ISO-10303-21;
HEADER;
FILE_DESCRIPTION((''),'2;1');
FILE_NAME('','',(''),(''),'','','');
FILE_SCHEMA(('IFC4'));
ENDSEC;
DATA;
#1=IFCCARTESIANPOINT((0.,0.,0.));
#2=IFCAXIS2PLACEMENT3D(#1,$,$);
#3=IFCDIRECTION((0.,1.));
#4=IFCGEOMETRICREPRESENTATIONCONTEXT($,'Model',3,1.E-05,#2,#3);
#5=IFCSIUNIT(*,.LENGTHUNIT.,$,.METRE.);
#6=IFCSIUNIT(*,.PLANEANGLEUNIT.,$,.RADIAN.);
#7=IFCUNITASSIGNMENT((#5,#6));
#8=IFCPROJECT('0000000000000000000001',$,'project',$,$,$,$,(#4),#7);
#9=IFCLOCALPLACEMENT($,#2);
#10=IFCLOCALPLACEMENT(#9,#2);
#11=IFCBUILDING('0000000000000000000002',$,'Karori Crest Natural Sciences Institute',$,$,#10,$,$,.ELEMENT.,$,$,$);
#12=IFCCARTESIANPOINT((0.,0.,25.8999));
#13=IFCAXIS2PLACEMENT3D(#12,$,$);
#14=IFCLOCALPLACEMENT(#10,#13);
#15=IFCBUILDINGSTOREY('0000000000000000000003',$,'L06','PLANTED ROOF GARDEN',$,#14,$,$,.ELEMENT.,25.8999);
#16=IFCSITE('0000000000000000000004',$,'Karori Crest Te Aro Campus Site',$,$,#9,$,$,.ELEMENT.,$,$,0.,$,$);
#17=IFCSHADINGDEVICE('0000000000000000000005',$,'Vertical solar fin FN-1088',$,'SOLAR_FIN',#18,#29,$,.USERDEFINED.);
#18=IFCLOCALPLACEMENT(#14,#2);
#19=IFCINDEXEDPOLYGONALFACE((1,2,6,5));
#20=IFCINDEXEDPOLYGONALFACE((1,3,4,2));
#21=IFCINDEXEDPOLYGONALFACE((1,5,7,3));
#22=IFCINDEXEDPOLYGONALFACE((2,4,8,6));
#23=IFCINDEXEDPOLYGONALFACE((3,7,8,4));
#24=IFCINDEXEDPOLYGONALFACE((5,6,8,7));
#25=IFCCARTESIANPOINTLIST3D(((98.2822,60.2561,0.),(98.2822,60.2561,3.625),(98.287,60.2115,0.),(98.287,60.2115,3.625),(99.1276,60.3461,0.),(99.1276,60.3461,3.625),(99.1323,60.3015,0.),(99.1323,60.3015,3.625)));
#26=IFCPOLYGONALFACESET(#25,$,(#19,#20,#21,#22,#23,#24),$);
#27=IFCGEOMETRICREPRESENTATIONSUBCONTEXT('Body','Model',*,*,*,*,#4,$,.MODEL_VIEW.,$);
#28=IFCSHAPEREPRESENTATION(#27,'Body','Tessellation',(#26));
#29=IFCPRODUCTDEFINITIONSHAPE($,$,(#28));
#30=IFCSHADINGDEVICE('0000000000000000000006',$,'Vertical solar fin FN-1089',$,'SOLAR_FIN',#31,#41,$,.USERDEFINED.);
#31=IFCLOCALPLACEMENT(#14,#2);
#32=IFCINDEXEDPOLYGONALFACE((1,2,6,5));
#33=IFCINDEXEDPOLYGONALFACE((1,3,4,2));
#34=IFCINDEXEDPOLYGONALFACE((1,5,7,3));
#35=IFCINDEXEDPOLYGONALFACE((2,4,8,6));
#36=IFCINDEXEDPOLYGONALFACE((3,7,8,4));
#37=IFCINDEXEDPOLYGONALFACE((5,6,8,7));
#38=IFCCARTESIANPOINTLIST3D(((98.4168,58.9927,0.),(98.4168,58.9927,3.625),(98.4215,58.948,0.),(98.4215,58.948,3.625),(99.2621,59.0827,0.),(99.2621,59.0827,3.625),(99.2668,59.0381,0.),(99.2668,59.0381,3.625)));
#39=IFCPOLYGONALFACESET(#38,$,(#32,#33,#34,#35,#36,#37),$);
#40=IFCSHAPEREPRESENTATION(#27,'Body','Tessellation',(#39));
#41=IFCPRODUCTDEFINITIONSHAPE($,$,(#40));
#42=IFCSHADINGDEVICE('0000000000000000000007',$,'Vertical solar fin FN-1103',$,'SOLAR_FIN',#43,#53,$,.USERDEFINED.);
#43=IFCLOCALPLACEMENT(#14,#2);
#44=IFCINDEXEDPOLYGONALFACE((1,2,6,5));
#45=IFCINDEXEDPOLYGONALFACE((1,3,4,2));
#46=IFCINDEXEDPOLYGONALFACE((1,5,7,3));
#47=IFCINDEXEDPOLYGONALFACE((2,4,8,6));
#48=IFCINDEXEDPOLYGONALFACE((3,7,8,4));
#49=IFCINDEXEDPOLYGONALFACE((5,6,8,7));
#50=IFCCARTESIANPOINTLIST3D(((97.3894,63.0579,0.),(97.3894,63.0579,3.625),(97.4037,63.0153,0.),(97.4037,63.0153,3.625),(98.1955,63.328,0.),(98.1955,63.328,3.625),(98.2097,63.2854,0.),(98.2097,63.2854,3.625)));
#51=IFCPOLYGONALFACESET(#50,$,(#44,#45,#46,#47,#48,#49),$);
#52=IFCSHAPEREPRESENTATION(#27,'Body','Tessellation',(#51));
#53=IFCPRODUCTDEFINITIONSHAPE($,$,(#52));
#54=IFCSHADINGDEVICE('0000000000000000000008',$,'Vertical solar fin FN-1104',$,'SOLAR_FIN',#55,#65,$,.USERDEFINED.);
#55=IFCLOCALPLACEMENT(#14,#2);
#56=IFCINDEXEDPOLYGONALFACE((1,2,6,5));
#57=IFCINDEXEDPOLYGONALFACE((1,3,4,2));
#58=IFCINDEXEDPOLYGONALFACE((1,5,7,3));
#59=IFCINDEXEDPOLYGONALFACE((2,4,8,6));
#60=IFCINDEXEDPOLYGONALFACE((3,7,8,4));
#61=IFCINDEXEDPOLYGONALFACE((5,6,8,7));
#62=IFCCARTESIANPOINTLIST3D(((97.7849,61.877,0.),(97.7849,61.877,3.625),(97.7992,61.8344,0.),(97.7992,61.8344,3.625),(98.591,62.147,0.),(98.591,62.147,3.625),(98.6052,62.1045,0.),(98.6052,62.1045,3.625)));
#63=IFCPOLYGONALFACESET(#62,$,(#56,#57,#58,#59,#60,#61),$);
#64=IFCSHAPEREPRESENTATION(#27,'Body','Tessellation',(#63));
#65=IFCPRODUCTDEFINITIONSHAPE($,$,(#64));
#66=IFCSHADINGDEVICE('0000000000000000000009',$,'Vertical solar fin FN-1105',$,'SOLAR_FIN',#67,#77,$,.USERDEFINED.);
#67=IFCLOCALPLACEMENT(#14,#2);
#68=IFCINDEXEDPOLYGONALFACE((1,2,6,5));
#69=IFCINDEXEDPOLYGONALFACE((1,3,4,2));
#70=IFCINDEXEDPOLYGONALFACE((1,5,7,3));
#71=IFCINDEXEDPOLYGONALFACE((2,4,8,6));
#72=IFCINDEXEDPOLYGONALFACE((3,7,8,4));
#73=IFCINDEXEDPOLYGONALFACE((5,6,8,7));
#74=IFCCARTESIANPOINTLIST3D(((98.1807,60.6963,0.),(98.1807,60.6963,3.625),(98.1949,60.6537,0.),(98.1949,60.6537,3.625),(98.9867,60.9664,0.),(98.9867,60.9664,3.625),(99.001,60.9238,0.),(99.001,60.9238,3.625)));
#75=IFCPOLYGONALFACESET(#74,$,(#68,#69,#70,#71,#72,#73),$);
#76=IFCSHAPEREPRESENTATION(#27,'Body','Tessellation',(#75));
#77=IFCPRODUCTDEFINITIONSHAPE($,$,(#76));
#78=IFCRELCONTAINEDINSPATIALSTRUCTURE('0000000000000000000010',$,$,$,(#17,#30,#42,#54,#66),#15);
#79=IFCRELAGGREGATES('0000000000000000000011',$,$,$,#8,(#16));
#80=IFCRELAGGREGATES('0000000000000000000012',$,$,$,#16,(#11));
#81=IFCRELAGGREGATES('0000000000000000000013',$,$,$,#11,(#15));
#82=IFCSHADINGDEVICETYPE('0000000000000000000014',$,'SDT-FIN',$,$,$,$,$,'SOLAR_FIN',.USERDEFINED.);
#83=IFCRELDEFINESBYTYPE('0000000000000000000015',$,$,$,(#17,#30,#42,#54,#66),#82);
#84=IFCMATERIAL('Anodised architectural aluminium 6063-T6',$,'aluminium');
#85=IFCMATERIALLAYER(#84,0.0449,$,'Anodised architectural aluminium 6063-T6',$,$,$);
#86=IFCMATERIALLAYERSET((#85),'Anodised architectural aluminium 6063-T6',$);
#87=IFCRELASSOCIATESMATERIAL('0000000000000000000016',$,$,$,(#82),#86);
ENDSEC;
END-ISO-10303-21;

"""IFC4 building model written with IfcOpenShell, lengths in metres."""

from ifc_helpers import new_model, si_unit, direction, frame, origin, origin_2d, place, context, subcontext, project, spatial, rectangle, extrude, material, layer, layer_set, type_object, element, save


model = new_model("IFC4")

# Units and contexts
model_context = context("Model", 3, precision=1e-05, world=origin(), true_north=direction((0.0, 1.0)))
body_context = subcontext(model_context, "Body", "Model", "MODEL_VIEW")
ifc_project = project(units=[si_unit("LENGTHUNIT", "METRE"), si_unit("PLANEANGLEUNIT", "RADIAN")], contexts=[model_context])

# Site, building, storey
site_placement = place(None, origin())
site = spatial("IfcSite", under=ifc_project, at=site_placement, Name="Karori Crest Te Aro Campus Site", CompositionType="ELEMENT", RefElevation=0.0)
building_placement = place(site_placement, origin())
building = spatial("IfcBuilding", under=site, at=building_placement, Name="Karori Crest Natural Sciences Institute", CompositionType="ELEMENT")
storey_placement = place(building_placement, frame((0.0, 0.0, 25.8999)))
storey = spatial("IfcBuildingStorey", under=building, at=storey_placement, Name="L06", Description="PLANTED ROOF GARDEN", CompositionType="ELEMENT", Elevation=25.8999)

# Shared definitions
ifc_material_1 = material(Name="Anodised architectural aluminium 6063-T6", Category="aluminium")

# Shading devices
ifc_layer_1 = layer(ifc_material_1, 0.0449, Name="Anodised architectural aluminium 6063-T6")
ifc_layer_set_1 = layer_set([ifc_layer_1], Name="Anodised architectural aluminium 6063-T6")
shading_device_type = type_object("IfcShadingDeviceType", Name="SDT-FIN", ElementType="SOLAR_FIN", PredefinedType="USERDEFINED", material=ifc_layer_set_1)
for number, where, z_axis, x_axis, name in (
    (1, (98.7073, 60.2788, 0.0), (0.0, 0.0, 1.0), (0.994378, 0.105884, 0.0), "Vertical solar fin FN-1088"),
    (2, (98.8418, 59.0154, 0.0), (0.0, 0.0, 1.0), (0.994378, 0.105884, 0.0), "Vertical solar fin FN-1089"),
    (3, (97.7996, 63.1716, 0.0), (0.0, 0.0, 1.0), (0.948198, 0.31768, 0.0), "Vertical solar fin FN-1103"),
    (4, (98.1951, 61.9907, 0.0), (0.0, 0.0, 1.0), (0.948198, 0.31768, 0.0), "Vertical solar fin FN-1104"),
    (5, (98.5908, 60.8101, 0.0), (0.0, 0.0, 1.0), (0.948198, 0.31768, 0.0), "Vertical solar fin FN-1105"),
):
    element("IfcShadingDevice", number, at=place(storey_placement, frame(where, z_axis=z_axis, x_axis=x_axis)), inside=storey, type_object=shading_device_type, Name=name, ObjectType="SOLAR_FIN", PredefinedType="USERDEFINED", context=body_context, shape_type="SweptSolid", body=[
        extrude(rectangle(XDim=0.8501, YDim=0.0449, at=origin_2d()), origin(), (0.0, 0.0, 1.0), 3.625),
    ])

save(model, "model.ifc")
